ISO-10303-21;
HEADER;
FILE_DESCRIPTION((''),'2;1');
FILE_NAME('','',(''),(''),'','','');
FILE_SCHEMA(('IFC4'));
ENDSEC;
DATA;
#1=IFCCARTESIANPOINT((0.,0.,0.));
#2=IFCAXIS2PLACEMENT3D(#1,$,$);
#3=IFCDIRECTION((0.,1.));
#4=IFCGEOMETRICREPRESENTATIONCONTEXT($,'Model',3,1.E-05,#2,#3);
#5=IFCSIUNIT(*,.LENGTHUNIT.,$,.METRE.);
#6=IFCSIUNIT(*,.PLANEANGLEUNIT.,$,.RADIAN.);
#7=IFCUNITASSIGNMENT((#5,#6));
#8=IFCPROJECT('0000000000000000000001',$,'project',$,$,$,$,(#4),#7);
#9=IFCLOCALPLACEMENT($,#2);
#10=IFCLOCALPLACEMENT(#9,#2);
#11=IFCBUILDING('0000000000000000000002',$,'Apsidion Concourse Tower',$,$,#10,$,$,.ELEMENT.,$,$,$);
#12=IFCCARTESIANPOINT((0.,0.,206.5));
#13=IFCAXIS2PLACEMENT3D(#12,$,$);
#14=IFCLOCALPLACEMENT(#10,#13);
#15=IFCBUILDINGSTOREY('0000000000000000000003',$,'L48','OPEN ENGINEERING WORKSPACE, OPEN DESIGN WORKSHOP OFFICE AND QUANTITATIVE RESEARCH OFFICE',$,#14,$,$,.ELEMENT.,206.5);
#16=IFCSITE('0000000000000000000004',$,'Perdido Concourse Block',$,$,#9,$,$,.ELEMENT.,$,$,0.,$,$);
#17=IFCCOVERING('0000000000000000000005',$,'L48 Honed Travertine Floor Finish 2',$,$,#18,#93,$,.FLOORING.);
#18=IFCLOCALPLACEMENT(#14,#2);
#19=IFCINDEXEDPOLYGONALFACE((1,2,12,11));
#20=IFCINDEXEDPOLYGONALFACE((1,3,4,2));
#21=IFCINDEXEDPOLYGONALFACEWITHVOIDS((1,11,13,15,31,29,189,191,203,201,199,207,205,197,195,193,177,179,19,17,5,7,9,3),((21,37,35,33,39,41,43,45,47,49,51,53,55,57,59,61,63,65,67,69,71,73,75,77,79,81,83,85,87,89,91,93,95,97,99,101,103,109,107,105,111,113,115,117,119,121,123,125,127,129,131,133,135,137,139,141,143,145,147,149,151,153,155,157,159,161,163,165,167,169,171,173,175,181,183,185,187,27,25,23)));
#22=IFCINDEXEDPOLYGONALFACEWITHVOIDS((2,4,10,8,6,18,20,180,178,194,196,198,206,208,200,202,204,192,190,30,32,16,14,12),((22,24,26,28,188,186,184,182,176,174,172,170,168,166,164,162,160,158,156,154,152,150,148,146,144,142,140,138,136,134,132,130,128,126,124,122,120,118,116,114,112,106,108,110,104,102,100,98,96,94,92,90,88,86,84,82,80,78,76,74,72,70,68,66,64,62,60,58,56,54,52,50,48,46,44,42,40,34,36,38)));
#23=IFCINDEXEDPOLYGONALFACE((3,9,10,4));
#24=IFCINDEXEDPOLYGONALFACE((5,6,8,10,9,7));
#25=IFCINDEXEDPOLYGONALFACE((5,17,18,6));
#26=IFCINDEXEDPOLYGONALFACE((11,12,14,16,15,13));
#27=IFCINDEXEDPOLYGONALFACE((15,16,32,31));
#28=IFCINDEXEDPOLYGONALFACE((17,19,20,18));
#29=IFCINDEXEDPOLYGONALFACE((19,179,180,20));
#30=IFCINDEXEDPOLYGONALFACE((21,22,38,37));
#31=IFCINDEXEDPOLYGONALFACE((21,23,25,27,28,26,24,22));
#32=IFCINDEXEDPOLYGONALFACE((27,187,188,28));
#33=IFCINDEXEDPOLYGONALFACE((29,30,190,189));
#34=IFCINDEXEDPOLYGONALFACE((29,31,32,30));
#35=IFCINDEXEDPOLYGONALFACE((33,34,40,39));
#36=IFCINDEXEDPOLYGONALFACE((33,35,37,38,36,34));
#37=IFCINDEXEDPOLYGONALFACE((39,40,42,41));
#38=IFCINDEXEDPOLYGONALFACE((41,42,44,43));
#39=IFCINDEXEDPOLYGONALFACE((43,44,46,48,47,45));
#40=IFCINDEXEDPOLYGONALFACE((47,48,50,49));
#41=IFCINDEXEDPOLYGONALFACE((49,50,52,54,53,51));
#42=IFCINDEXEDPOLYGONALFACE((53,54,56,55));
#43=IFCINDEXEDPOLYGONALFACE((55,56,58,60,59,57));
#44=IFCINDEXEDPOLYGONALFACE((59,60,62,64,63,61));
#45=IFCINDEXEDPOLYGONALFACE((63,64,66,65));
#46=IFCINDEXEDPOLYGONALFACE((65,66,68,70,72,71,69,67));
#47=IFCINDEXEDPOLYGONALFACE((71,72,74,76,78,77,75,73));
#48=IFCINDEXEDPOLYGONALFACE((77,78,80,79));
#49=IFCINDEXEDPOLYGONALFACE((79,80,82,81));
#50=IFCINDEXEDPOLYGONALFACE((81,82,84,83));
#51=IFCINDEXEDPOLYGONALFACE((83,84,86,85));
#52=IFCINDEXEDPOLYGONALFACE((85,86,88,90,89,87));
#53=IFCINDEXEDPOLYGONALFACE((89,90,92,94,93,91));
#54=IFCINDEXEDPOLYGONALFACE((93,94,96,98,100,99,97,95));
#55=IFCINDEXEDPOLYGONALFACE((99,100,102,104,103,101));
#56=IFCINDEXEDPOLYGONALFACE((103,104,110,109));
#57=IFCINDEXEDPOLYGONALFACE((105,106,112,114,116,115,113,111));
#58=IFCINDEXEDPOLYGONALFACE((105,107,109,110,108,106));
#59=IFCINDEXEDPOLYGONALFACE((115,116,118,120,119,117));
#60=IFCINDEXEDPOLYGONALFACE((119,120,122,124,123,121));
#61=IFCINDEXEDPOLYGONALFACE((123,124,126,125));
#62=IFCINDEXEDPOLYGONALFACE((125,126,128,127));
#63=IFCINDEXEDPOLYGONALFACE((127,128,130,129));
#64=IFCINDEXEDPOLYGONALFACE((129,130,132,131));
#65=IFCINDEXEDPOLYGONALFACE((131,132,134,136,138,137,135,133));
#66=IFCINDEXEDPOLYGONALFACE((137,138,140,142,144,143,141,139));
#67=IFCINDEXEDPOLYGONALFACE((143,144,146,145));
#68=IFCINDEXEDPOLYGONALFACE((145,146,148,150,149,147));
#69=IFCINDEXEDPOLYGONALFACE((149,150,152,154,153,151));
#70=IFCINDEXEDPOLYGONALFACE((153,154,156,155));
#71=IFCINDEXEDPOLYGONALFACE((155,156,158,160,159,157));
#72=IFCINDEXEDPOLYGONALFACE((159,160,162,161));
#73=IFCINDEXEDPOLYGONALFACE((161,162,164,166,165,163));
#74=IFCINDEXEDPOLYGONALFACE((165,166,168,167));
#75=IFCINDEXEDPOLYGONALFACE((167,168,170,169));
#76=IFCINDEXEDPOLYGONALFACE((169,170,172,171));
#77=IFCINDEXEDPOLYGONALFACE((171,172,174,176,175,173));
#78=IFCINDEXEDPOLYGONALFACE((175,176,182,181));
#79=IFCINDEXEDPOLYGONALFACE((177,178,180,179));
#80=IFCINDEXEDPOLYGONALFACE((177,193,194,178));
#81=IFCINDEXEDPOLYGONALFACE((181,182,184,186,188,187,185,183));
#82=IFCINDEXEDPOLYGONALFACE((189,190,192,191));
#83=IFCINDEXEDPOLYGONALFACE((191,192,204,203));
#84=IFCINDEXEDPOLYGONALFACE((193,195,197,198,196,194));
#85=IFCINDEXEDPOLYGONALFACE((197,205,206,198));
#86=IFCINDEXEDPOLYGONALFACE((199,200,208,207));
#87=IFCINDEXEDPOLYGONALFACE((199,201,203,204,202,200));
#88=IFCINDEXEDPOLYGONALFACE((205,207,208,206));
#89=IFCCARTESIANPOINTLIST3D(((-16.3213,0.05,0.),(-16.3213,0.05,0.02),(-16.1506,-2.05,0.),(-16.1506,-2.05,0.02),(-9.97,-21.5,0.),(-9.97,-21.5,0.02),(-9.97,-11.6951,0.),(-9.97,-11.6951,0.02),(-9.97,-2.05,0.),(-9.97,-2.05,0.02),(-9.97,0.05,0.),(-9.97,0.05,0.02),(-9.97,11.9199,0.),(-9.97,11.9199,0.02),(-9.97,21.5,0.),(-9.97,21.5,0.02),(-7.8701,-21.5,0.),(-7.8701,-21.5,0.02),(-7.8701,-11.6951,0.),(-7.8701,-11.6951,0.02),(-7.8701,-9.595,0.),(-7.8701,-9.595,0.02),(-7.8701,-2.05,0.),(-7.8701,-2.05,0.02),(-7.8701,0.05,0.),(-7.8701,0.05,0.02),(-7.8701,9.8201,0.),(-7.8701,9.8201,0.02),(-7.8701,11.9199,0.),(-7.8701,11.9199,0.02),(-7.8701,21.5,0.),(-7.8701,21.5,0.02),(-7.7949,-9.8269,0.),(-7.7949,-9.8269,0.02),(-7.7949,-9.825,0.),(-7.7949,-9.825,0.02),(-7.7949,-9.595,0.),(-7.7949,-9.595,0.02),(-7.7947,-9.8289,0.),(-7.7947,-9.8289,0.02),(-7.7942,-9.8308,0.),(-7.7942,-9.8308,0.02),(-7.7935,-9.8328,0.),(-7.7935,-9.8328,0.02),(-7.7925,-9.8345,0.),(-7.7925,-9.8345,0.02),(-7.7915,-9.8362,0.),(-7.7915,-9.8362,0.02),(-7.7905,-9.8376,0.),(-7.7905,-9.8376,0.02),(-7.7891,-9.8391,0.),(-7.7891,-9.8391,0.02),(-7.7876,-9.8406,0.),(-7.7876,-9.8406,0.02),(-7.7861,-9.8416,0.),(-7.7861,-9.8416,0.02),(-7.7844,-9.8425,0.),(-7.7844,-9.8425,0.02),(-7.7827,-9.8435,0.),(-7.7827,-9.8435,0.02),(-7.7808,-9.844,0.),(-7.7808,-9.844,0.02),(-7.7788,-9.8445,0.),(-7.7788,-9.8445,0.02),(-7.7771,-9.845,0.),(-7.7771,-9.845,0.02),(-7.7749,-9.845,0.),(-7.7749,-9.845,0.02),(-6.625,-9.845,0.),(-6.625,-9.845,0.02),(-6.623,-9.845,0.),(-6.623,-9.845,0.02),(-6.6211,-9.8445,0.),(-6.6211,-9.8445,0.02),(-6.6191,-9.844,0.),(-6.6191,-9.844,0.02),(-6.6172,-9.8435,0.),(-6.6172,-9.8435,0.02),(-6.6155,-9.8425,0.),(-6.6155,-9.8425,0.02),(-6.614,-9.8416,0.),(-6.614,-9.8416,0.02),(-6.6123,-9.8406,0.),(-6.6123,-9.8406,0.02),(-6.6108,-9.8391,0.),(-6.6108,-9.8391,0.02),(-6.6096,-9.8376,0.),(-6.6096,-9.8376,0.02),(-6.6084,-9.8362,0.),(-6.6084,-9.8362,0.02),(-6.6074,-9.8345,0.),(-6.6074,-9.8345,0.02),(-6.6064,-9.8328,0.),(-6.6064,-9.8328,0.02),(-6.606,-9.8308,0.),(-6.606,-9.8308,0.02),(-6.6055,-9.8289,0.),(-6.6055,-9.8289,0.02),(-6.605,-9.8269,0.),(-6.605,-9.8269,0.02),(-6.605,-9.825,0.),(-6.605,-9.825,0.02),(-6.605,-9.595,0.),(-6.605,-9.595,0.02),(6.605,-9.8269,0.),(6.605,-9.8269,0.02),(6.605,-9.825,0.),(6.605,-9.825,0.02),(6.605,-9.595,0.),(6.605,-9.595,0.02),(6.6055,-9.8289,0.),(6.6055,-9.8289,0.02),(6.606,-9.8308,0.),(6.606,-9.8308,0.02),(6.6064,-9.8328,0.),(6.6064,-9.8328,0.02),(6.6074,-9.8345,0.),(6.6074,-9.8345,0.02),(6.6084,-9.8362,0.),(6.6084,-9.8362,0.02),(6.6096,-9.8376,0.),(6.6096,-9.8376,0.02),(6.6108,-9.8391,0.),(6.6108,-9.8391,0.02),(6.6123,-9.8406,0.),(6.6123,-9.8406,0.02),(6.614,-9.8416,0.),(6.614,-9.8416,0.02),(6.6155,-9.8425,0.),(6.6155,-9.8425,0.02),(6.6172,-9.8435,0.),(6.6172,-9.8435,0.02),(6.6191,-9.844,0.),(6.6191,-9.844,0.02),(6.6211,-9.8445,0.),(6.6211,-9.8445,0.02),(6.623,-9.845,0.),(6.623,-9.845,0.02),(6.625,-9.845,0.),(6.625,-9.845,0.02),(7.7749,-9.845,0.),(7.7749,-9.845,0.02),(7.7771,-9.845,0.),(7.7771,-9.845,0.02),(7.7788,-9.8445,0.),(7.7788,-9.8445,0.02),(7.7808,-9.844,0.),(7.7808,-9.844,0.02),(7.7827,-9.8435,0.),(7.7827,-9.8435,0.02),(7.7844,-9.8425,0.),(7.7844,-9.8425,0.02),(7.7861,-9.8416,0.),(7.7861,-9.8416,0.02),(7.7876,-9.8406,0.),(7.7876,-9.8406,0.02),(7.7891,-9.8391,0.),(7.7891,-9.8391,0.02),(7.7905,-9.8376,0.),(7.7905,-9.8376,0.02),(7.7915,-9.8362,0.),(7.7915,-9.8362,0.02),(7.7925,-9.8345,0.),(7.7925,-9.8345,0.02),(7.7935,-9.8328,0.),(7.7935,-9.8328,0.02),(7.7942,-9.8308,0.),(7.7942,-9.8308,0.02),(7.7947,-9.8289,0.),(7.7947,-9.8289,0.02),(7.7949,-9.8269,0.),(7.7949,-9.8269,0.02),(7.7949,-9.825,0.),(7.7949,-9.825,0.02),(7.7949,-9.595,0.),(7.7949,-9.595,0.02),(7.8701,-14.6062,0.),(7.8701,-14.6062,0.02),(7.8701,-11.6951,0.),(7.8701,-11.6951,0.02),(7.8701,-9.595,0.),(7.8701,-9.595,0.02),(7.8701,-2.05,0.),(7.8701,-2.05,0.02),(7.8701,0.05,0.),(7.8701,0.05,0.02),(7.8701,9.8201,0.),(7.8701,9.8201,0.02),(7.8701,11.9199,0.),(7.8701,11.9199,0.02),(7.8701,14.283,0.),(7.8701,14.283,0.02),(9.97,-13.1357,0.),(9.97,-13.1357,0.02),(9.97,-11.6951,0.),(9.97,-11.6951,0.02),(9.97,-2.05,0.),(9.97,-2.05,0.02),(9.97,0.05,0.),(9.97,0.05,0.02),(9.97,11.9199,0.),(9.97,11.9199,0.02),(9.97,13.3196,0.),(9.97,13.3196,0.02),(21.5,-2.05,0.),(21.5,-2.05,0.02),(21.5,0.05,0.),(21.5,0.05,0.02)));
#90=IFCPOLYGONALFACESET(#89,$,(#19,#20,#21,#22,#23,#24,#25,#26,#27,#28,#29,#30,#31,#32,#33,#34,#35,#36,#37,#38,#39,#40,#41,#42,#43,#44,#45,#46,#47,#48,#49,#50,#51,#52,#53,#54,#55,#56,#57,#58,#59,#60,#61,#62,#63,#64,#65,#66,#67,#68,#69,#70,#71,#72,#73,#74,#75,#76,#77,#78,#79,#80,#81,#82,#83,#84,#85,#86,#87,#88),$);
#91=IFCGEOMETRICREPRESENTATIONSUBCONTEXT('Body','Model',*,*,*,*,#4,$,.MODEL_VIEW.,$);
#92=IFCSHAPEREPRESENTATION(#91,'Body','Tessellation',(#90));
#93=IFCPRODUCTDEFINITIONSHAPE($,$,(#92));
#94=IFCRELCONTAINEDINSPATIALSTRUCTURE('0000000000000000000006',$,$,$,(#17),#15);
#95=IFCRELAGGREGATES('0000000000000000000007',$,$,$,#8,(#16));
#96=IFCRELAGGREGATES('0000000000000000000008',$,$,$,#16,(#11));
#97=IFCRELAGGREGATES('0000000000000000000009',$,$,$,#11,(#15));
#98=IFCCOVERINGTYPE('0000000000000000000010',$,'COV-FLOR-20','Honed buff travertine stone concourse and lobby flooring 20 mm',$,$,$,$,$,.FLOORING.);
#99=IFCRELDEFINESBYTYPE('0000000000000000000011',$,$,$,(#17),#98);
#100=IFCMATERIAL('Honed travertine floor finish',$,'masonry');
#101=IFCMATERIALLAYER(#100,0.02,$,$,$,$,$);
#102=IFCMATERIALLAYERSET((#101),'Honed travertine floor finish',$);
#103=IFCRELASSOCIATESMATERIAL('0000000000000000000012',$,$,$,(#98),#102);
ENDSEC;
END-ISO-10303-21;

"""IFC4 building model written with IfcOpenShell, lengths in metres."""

from ifc_helpers import new_model, si_unit, direction, frame, origin, place, context, subcontext, project, spatial, polyline, outline, extrude, material, layer, layer_set, type_object, element, save


model = new_model("IFC4")

# Units and contexts
model_context = context("Model", 3, precision=1e-05, world=origin(), true_north=direction((0.0, 1.0)))
body_context = subcontext(model_context, "Body", "Model", "MODEL_VIEW")
ifc_project = project(units=[si_unit("LENGTHUNIT", "METRE"), si_unit("PLANEANGLEUNIT", "RADIAN")], contexts=[model_context])

# Site, building, storey
site_placement = place(None, origin())
site = spatial("IfcSite", under=ifc_project, at=site_placement, Name="Perdido Concourse Block", CompositionType="ELEMENT", RefElevation=0.0)
building_placement = place(site_placement, origin())
building = spatial("IfcBuilding", under=site, at=building_placement, Name="Apsidion Concourse Tower", CompositionType="ELEMENT")
storey_placement = place(building_placement, frame((0.0, 0.0, 206.5)))
storey = spatial("IfcBuildingStorey", under=building, at=storey_placement, Name="L48", Description="OPEN ENGINEERING WORKSPACE, OPEN DESIGN WORKSHOP OFFICE AND QUANTITATIVE RESEARCH OFFICE", CompositionType="ELEMENT", Elevation=206.5)

# Covering
ifc_material_1 = material(Name="Honed travertine floor finish", Category="masonry")
ifc_layer_1 = layer(ifc_material_1, 0.02)
ifc_layer_set_1 = layer_set([ifc_layer_1], Name="Honed travertine floor finish")
covering_type_1 = type_object("IfcCoveringType", Name="COV-FLOR-20", Description="Honed buff travertine stone concourse and lobby flooring 20 mm", PredefinedType="FLOORING", material=ifc_layer_set_1)
covering_1_placement = place(storey_placement, origin())
element("IfcCovering", 1, at=covering_1_placement, inside=storey, type_object=covering_type_1, Name="L48 Honed Travertine Floor Finish 2", PredefinedType="FLOORING", context=body_context, shape_type="SweptSolid", body=[
    extrude(outline(polyline([(9.97, -13.1357), (7.8701, -14.6062), (7.8701, -11.6951), (-7.8701, -11.6951), (-7.8701, -21.5), (-9.97, -21.5), (-9.97, -11.6951), (-9.97, -2.05), (-16.1506, -2.05), (-16.3213, 0.05), (-9.97, 0.05), (-9.97, 11.9199), (-9.97, 21.5), (-7.8701, 21.5), (-7.8701, 11.9199), (7.8701, 11.9199), (7.8701, 14.283), (9.97, 13.3196), (9.97, 11.9199), (9.97, 0.05), (21.5, 0.05), (21.5, -2.05), (9.97, -2.05), (9.97, -11.6951), (9.97, -13.1357)]), holes=[polyline([(7.8701, -2.05), (7.8701, 0.05), (7.8701, 9.8201), (-7.8701, 9.8201), (-7.8701, 0.05), (-7.8701, -2.05), (-7.8701, -9.595), (-7.7949, -9.595), (-7.7949, -9.825), (-7.7949, -9.8269), (-7.7947, -9.8289), (-7.7942, -9.8308), (-7.7935, -9.8328), (-7.7925, -9.8345), (-7.7915, -9.8362), (-7.7905, -9.8376), (-7.7891, -9.8391), (-7.7876, -9.8406), (-7.7861, -9.8416), (-7.7844, -9.8425), (-7.7827, -9.8435), (-7.7808, -9.844), (-7.7788, -9.8445), (-7.7771, -9.845), (-7.7749, -9.845), (-6.625, -9.845), (-6.623, -9.845), (-6.6211, -9.8445), (-6.6191, -9.844), (-6.6172, -9.8435), (-6.6155, -9.8425), (-6.614, -9.8416), (-6.6123, -9.8406), (-6.6108, -9.8391), (-6.6096, -9.8376), (-6.6084, -9.8362), (-6.6074, -9.8345), (-6.6064, -9.8328), (-6.606, -9.8308), (-6.6055, -9.8289), (-6.605, -9.8269), (-6.605, -9.825), (-6.605, -9.595), (6.605, -9.595), (6.605, -9.825), (6.605, -9.8269), (6.6055, -9.8289), (6.606, -9.8308), (6.6064, -9.8328), (6.6074, -9.8345), (6.6084, -9.8362), (6.6096, -9.8376), (6.6108, -9.8391), (6.6123, -9.8406), (6.614, -9.8416), (6.6155, -9.8425), (6.6172, -9.8435), (6.6191, -9.844), (6.6211, -9.8445), (6.623, -9.845), (6.625, -9.845), (7.7749, -9.845), (7.7771, -9.845), (7.7788, -9.8445), (7.7808, -9.844), (7.7827, -9.8435), (7.7844, -9.8425), (7.7861, -9.8416), (7.7876, -9.8406), (7.7891, -9.8391), (7.7905, -9.8376), (7.7915, -9.8362), (7.7925, -9.8345), (7.7935, -9.8328), (7.7942, -9.8308), (7.7947, -9.8289), (7.7949, -9.8269), (7.7949, -9.825), (7.7949, -9.595), (7.8701, -9.595), (7.8701, -2.05)])]), origin(), (0.0, 0.0, 1.0), 0.02),
])

save(model, "model.ifc")
